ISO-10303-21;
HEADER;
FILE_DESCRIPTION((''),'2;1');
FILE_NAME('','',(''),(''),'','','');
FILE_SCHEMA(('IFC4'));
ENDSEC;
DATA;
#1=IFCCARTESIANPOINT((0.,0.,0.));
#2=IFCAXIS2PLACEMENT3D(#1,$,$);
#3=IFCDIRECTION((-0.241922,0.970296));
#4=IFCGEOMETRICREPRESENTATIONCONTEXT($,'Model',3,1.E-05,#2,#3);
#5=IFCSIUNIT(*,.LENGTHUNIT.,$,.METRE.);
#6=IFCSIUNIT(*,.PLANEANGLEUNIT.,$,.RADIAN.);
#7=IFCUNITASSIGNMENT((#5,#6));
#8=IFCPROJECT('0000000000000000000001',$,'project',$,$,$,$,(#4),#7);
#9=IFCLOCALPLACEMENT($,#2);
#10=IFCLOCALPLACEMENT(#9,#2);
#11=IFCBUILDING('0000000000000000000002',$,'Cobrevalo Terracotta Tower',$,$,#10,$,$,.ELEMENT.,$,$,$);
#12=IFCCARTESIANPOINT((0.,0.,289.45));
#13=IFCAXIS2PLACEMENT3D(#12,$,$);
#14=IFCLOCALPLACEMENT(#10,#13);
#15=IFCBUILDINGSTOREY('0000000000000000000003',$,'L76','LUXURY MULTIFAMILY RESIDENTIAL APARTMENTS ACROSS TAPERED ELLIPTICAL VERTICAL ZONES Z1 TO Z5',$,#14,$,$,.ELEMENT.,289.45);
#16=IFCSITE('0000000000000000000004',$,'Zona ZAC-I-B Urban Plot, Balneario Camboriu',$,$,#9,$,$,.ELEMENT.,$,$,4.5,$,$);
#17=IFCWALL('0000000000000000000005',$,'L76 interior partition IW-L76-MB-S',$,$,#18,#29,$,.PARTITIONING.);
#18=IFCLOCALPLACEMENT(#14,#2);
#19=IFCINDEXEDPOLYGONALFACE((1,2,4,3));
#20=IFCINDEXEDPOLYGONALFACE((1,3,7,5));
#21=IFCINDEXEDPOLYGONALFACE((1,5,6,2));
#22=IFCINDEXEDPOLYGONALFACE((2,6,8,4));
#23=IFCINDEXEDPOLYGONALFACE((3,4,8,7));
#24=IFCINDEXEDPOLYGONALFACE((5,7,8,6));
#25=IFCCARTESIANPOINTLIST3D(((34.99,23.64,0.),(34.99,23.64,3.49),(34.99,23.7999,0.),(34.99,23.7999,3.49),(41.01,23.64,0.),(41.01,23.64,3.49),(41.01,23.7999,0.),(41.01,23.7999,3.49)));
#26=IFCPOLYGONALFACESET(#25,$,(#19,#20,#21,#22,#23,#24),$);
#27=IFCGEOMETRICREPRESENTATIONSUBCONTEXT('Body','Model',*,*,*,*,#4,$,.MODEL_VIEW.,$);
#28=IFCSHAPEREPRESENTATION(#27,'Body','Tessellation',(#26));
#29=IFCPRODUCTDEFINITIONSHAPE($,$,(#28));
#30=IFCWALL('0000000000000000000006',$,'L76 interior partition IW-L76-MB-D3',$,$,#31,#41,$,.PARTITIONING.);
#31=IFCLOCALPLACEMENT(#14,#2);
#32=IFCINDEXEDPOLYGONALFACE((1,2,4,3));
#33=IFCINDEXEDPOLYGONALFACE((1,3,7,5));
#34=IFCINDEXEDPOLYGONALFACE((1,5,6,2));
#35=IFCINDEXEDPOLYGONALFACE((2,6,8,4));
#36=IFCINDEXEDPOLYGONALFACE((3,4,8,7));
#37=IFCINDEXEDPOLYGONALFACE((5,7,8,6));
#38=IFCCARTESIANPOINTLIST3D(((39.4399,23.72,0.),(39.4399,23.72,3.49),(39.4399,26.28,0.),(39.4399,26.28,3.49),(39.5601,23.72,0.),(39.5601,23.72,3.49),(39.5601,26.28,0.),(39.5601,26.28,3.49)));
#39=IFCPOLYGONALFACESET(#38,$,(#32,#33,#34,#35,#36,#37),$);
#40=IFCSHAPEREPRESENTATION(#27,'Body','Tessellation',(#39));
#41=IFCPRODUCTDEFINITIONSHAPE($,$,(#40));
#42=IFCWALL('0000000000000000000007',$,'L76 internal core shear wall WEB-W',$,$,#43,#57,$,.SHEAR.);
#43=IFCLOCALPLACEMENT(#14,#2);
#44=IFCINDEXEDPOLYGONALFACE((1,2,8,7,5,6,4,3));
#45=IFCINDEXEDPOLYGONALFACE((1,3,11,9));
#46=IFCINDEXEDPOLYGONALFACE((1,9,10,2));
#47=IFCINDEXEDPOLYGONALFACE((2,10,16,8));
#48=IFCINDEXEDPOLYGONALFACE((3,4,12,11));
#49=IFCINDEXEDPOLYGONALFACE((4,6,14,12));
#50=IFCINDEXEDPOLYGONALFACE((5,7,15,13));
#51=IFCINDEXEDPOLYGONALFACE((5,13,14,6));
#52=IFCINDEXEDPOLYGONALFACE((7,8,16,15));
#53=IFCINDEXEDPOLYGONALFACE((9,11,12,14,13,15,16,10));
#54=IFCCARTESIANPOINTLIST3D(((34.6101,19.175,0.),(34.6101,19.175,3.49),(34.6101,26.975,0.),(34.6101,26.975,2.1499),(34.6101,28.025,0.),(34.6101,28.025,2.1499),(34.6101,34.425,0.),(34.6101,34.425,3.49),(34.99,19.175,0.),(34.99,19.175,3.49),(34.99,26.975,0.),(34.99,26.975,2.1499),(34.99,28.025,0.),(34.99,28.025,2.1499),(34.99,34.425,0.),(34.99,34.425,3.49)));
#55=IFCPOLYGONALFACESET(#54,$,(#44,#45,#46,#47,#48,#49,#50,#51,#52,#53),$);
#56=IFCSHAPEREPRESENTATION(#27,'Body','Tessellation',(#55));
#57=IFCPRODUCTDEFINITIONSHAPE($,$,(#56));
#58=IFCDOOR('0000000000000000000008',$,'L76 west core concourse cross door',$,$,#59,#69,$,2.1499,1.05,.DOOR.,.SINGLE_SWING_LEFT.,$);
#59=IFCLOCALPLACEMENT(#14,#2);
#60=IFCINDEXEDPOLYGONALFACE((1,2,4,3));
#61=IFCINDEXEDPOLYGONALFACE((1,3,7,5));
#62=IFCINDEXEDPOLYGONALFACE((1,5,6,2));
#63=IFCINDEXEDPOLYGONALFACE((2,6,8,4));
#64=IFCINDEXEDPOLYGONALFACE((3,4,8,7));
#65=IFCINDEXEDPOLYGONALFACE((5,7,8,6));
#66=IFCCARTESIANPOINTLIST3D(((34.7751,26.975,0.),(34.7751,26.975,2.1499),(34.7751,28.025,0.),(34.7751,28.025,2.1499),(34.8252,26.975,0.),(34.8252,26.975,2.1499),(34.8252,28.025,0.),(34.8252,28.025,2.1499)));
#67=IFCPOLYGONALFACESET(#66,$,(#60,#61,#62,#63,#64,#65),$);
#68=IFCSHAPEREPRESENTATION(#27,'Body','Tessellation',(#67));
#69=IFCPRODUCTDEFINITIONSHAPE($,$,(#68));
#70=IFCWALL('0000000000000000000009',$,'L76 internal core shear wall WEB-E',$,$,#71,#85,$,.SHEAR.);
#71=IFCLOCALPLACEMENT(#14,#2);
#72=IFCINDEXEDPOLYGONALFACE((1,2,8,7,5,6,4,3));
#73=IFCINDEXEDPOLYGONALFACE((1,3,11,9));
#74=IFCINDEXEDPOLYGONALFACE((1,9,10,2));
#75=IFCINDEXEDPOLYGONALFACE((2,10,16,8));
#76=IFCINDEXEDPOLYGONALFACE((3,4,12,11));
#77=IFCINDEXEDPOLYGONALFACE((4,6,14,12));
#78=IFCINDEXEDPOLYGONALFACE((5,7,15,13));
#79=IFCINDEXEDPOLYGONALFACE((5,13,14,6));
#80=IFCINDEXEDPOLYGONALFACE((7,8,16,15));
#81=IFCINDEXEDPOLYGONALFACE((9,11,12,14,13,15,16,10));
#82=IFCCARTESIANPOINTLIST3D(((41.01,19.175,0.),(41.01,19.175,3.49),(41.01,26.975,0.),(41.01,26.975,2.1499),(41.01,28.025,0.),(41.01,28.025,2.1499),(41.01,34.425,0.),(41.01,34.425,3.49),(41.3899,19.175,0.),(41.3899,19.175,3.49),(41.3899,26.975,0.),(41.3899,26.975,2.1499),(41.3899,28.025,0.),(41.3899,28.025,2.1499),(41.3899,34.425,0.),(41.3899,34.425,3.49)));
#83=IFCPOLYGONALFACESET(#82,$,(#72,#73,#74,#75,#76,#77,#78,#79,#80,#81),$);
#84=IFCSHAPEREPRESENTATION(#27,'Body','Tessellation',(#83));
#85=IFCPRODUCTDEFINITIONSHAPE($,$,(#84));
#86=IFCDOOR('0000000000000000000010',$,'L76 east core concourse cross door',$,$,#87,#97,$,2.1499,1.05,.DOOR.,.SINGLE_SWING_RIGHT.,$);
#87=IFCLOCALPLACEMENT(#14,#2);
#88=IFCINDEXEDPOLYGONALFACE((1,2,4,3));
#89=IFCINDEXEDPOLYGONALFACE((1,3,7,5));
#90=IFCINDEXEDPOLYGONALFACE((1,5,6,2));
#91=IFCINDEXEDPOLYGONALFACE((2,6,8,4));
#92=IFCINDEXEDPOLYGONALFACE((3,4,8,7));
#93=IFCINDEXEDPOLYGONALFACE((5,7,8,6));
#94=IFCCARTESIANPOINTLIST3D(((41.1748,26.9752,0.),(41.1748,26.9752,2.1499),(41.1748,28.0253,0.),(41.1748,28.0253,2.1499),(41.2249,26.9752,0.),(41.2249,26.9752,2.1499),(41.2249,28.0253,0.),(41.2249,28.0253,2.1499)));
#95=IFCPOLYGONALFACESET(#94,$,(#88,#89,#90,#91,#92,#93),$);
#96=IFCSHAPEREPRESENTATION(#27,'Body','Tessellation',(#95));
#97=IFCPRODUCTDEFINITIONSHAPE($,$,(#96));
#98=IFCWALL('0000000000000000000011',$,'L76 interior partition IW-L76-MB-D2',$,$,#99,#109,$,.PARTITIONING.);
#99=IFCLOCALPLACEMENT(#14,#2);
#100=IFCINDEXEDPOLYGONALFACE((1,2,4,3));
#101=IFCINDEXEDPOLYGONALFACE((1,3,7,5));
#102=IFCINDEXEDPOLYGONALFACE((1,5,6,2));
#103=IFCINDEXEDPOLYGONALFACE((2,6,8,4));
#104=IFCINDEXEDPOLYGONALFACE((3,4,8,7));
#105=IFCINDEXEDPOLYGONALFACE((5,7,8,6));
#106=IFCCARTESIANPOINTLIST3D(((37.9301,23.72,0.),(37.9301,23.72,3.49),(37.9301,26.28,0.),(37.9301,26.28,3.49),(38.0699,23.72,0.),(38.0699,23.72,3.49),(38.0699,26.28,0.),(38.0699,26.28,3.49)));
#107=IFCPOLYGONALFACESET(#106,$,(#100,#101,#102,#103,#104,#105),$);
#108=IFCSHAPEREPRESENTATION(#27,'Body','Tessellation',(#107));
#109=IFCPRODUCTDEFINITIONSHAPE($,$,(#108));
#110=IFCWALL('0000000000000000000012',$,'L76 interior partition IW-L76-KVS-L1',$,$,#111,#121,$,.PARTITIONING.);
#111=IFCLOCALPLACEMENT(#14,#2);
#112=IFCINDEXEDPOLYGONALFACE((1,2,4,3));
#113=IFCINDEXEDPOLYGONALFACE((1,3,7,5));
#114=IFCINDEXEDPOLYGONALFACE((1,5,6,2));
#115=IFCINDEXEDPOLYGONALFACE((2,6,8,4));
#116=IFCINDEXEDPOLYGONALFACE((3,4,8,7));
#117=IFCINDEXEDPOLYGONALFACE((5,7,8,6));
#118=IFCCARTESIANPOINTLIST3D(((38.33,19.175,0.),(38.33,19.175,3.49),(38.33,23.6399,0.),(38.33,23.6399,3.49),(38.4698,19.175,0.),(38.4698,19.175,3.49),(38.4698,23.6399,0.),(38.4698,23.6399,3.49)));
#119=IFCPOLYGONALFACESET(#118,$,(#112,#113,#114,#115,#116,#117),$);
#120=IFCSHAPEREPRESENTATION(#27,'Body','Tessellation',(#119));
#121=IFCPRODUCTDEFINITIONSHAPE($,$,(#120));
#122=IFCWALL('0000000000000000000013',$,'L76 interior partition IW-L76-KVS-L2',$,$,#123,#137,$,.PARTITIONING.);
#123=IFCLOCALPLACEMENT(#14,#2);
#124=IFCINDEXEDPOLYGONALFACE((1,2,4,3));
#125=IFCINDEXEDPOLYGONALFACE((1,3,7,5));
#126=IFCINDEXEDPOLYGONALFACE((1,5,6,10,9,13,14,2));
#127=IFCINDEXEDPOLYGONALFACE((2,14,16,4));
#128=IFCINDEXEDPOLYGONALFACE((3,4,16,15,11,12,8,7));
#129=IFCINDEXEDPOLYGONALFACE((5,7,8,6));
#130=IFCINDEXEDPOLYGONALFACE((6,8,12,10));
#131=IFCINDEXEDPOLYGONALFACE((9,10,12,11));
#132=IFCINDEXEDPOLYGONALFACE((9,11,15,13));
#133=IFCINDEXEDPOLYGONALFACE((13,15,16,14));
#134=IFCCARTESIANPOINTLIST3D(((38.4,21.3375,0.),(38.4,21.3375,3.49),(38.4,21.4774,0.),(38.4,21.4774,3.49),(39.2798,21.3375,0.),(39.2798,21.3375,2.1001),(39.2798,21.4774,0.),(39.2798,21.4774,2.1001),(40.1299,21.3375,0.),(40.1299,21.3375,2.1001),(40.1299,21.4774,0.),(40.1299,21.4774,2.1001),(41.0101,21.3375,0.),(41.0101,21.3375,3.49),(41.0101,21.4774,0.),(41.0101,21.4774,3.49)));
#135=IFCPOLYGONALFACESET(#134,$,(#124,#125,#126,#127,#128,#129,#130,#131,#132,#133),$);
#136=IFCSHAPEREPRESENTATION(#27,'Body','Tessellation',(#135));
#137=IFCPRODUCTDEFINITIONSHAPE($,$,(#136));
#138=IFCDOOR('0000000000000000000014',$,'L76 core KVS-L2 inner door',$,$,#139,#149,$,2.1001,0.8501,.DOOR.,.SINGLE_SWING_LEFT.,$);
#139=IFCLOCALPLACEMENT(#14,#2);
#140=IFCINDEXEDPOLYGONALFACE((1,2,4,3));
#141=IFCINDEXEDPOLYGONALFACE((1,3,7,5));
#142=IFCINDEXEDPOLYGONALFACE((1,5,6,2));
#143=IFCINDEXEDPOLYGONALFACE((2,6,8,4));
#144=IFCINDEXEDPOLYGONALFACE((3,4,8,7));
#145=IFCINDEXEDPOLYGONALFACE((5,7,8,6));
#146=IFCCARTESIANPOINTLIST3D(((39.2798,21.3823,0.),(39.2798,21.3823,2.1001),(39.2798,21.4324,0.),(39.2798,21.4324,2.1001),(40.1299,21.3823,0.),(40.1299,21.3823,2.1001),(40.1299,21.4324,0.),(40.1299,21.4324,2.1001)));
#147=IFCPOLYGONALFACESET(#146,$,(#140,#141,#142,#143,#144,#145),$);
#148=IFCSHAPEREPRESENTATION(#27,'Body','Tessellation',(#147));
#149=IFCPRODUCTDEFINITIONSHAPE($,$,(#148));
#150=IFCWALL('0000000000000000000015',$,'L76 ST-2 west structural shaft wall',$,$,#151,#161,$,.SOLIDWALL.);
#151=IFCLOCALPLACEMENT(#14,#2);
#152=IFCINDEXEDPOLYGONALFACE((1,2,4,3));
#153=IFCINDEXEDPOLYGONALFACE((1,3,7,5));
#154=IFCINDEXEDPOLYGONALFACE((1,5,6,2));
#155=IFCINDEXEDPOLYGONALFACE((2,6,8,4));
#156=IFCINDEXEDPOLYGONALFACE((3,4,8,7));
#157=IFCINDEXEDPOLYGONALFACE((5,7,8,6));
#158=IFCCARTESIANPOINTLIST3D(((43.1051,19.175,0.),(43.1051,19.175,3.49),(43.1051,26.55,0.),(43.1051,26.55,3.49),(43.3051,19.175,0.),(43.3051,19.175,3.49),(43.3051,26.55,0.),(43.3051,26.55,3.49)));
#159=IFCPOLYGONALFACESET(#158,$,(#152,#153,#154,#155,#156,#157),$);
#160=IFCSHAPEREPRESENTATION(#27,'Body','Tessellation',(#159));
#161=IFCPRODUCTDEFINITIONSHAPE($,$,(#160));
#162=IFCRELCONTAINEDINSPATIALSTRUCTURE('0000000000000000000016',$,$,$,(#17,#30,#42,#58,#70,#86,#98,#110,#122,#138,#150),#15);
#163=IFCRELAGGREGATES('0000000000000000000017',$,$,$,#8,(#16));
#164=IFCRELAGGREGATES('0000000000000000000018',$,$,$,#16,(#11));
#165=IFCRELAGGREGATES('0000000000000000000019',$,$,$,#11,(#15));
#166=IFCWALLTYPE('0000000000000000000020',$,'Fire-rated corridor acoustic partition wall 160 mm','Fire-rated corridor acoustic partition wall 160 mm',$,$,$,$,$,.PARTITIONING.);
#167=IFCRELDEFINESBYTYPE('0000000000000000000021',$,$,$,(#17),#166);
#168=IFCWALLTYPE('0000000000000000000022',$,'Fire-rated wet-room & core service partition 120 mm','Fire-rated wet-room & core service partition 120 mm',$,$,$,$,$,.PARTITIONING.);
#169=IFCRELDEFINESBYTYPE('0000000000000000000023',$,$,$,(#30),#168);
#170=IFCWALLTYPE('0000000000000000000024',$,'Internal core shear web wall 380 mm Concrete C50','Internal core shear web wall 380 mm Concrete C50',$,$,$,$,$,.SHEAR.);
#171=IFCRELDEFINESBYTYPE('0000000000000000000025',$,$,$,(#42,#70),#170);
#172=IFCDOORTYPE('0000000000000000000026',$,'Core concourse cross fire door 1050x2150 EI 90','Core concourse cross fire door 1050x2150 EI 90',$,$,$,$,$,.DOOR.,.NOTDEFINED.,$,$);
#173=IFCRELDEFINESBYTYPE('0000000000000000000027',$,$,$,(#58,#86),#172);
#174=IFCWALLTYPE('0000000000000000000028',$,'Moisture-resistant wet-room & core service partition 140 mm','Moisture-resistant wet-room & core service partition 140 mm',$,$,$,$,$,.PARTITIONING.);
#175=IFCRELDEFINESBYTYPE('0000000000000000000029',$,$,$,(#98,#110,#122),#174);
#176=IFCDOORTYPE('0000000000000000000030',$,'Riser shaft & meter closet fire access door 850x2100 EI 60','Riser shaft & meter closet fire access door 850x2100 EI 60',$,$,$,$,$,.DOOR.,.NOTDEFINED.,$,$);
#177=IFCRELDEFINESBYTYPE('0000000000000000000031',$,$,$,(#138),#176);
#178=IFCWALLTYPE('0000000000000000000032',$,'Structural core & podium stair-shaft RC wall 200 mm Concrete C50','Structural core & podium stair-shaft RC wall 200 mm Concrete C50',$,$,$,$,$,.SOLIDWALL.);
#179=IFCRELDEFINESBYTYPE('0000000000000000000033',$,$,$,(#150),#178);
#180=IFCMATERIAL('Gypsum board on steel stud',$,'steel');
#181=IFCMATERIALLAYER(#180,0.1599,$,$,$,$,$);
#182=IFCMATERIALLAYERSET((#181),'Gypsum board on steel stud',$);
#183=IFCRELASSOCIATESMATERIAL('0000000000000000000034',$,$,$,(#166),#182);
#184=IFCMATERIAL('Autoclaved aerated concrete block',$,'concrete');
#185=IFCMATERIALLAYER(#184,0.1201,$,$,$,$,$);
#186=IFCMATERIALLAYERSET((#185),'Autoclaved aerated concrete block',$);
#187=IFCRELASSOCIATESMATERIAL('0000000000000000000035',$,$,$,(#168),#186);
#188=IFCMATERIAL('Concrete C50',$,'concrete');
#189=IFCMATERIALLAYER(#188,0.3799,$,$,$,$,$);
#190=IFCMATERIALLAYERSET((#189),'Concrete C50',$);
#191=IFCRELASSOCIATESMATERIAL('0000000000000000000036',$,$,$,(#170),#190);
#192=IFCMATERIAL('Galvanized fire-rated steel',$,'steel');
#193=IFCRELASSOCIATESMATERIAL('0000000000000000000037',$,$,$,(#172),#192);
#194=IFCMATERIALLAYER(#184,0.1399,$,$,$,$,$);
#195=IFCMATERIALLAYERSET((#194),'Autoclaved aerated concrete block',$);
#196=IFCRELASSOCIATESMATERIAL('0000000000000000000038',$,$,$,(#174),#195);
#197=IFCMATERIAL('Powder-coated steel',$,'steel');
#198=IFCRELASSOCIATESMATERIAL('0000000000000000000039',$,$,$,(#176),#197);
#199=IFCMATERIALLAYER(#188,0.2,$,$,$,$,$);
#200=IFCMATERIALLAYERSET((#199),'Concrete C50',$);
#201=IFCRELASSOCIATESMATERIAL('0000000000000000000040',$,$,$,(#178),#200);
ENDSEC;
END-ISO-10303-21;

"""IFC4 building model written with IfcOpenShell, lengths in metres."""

from ifc_helpers import new_model, si_unit, direction, frame, frame_2d, origin, place, context, subcontext, project, spatial, rectangle, extrude, source, transform, mapped, material, layer, layer_set, type_object, element, fill, save


model = new_model("IFC4")

# Units and contexts
model_context = context("Model", 3, precision=1e-05, world=origin(), true_north=direction((-0.241922, 0.970296)))
body_context = subcontext(model_context, "Body", "Model", "MODEL_VIEW")
ifc_project = project(units=[si_unit("LENGTHUNIT", "METRE"), si_unit("PLANEANGLEUNIT", "RADIAN")], contexts=[model_context])

# Site, building, storey
site_placement = place(None, origin())
site = spatial("IfcSite", under=ifc_project, at=site_placement, Name="Zona ZAC-I-B Urban Plot, Balneario Camboriu", CompositionType="ELEMENT", RefElevation=4.5)
building_placement = place(site_placement, origin())
building = spatial("IfcBuilding", under=site, at=building_placement, Name="Cobrevalo Terracotta Tower", CompositionType="ELEMENT")
storey_placement = place(building_placement, frame((0.0, 0.0, 289.45)))
storey = spatial("IfcBuildingStorey", under=building, at=storey_placement, Name="L76", Description="LUXURY MULTIFAMILY RESIDENTIAL APARTMENTS ACROSS TAPERED ELLIPTICAL VERTICAL ZONES Z1 TO Z5", CompositionType="ELEMENT", Elevation=289.45)

# Walls
ifc_material_1 = material(Name="Gypsum board on steel stud", Category="steel")
ifc_layer_1 = layer(ifc_material_1, 0.1599)
ifc_layer_set_1 = layer_set([ifc_layer_1], Name="Gypsum board on steel stud")
wall_type_1 = type_object("IfcWallType", Name="Fire-rated corridor acoustic partition wall 160 mm", Description="Fire-rated corridor acoustic partition wall 160 mm", PredefinedType="PARTITIONING", material=ifc_layer_set_1)
wall_1_placement = place(storey_placement, frame((34.99, 23.72, 0.0), z_axis=(0.0, 0.0, 1.0), x_axis=(1.0, 0.0, 0.0)))
element("IfcWall", 1, at=wall_1_placement, inside=storey, type_object=wall_type_1, Name="L76 interior partition IW-L76-MB-S", PredefinedType="PARTITIONING", context=body_context, shape_type="SweptSolid", body=[
    extrude(rectangle(XDim=6.02, YDim=0.1599, at=frame_2d((3.01, 0.0))), origin(), (0.0, 0.0, 1.0), 3.49),
])
ifc_material_2 = material(Name="Autoclaved aerated concrete block", Category="concrete")
ifc_layer_2 = layer(ifc_material_2, 0.1201)
ifc_layer_set_2 = layer_set([ifc_layer_2], Name="Autoclaved aerated concrete block")
wall_type_2 = type_object("IfcWallType", Name="Fire-rated wet-room & core service partition 120 mm", Description="Fire-rated wet-room & core service partition 120 mm", PredefinedType="PARTITIONING", material=ifc_layer_set_2)
wall_2_placement = place(storey_placement, frame((39.5, 23.72, 0.0), z_axis=(0.0, 0.0, 1.0), x_axis=(0.0, 1.0, 0.0)))
element("IfcWall", 2, at=wall_2_placement, inside=storey, type_object=wall_type_2, Name="L76 interior partition IW-L76-MB-D3", PredefinedType="PARTITIONING", context=body_context, shape_type="SweptSolid", body=[
    extrude(rectangle(XDim=2.5601, YDim=0.1201, at=frame_2d((1.28, 0.0))), origin(), (0.0, 0.0, 1.0), 3.49),
])

# Walls, openings, doors
ifc_material_3 = material(Name="Concrete C50", Category="concrete")
ifc_layer_3 = layer(ifc_material_3, 0.3799)
ifc_layer_set_3 = layer_set([ifc_layer_3], Name="Concrete C50")
wall_type_3 = type_object("IfcWallType", Name="Internal core shear web wall 380 mm Concrete C50", Description="Internal core shear web wall 380 mm Concrete C50", PredefinedType="SHEAR", material=ifc_layer_set_3)
wall_3_placement = place(storey_placement, frame((34.8, 19.175, 0.0), z_axis=(0.0, 0.0, 1.0), x_axis=(0.0, 1.0, 0.0)))
wall_3 = element("IfcWall", 3, at=wall_3_placement, inside=storey, type_object=wall_type_3, Name="L76 internal core shear wall WEB-W", PredefinedType="SHEAR", context=body_context, shape_type="SweptSolid", body=[
    extrude(rectangle(XDim=15.25, YDim=0.3799, at=frame_2d((7.625, 0.0))), origin(), (0.0, 0.0, 1.0), 3.49),
])
opening_1_placement = place(wall_3_placement, frame((7.8, 0.0, 0.0)))
opening_1 = element("IfcOpeningElement", 4, at=opening_1_placement, cuts=wall_3, PredefinedType="OPENING", context=body_context, shape_type="SweptSolid", body=[
    extrude(rectangle(XDim=1.05, YDim=2.1499, at=frame_2d((0.5249, 1.075))), frame((0.0, 0.2, 0.0), z_axis=(0.0, -1.0, 0.0), x_axis=(1.0, 0.0, 0.0)), (0.0, 0.0, 1.0), 0.3999),
])
ifc_material_4 = material(Name="Galvanized fire-rated steel", Category="steel")
door_type_1 = type_object("IfcDoorType", Name="Core concourse cross fire door 1050x2150 EI 90", Description="Core concourse cross fire door 1050x2150 EI 90", OperationType="NOTDEFINED", PredefinedType="DOOR", material=ifc_material_4)
shared_shape_1 = source(origin(), body_context, "Body", "SweptSolid", [
    extrude(rectangle(XDim=1.05, YDim=2.1499, at=frame_2d((0.5249, 1.075))), frame((0.0, 0.0249, 0.0), z_axis=(0.0, -1.0, 0.0), x_axis=(1.0, 0.0, 0.0)), (0.0, 0.0, 1.0), 0.05),
])
door_1_placement = place(opening_1_placement, origin())
door_1 = element("IfcDoor", 5, at=door_1_placement, inside=storey, type_object=door_type_1, Name="L76 west core concourse cross door", OperationType="SINGLE_SWING_LEFT", OverallHeight=2.1499, OverallWidth=1.05, PredefinedType="DOOR", context=body_context, shape_type="MappedRepresentation", body=[
    mapped(shared_shape_1, transform((0.0, 0.0, 0.0), scale=1.0)),
])
fill(opening_1, door_1)
wall_4_placement = place(storey_placement, frame((41.2, 19.175, 0.0), z_axis=(0.0, 0.0, 1.0), x_axis=(0.0, 1.0, 0.0)))
wall_4 = element("IfcWall", 6, at=wall_4_placement, inside=storey, type_object=wall_type_3, Name="L76 internal core shear wall WEB-E", PredefinedType="SHEAR", context=body_context, shape_type="SweptSolid", body=[
    extrude(rectangle(XDim=15.25, YDim=0.3799, at=frame_2d((7.625, 0.0))), origin(), (0.0, 0.0, 1.0), 3.49),
])
opening_2_placement = place(wall_4_placement, frame((7.8, 0.0, 0.0)))
opening_2 = element("IfcOpeningElement", 7, at=opening_2_placement, cuts=wall_4, PredefinedType="OPENING", context=body_context, shape_type="SweptSolid", body=[
    extrude(rectangle(XDim=1.05, YDim=2.1499, at=frame_2d((0.5249, 1.075))), frame((0.0, 0.2, 0.0), z_axis=(0.0, -1.0, 0.0), x_axis=(1.0, 0.0, 0.0)), (0.0, 0.0, 1.0), 0.3999),
])
door_2_placement = place(opening_2_placement, frame((1.05, 0.0, 0.0), z_axis=(0.0, 0.0, 1.0), x_axis=(-1.0, 0.0, 0.0)))
door_2 = element("IfcDoor", 8, at=door_2_placement, inside=storey, type_object=door_type_1, Name="L76 east core concourse cross door", OperationType="SINGLE_SWING_RIGHT", OverallHeight=2.1499, OverallWidth=1.05, PredefinedType="DOOR", context=body_context, shape_type="MappedRepresentation", body=[
    mapped(shared_shape_1, transform((0.0, 0.0, 0.0), scale=1.0)),
])
fill(opening_2, door_2)

# Walls
ifc_layer_4 = layer(ifc_material_2, 0.1399)
ifc_layer_set_4 = layer_set([ifc_layer_4], Name="Autoclaved aerated concrete block")
wall_type_4 = type_object("IfcWallType", Name="Moisture-resistant wet-room & core service partition 140 mm", Description="Moisture-resistant wet-room & core service partition 140 mm", PredefinedType="PARTITIONING", material=ifc_layer_set_4)
wall_5_placement = place(storey_placement, frame((38.0, 23.72, 0.0), z_axis=(0.0, 0.0, 1.0), x_axis=(0.0, 1.0, 0.0)))
element("IfcWall", 9, at=wall_5_placement, inside=storey, type_object=wall_type_4, Name="L76 interior partition IW-L76-MB-D2", PredefinedType="PARTITIONING", context=body_context, shape_type="SweptSolid", body=[
    extrude(rectangle(XDim=2.5601, YDim=0.1399, at=frame_2d((1.28, 0.0))), origin(), (0.0, 0.0, 1.0), 3.49),
])
wall_6_placement = place(storey_placement, frame((38.3999, 19.175, 0.0), z_axis=(0.0, 0.0, 1.0), x_axis=(0.0, 1.0, 0.0)))
element("IfcWall", 10, at=wall_6_placement, inside=storey, type_object=wall_type_4, Name="L76 interior partition IW-L76-KVS-L1", PredefinedType="PARTITIONING", context=body_context, shape_type="SweptSolid", body=[
    extrude(rectangle(XDim=4.4648, YDim=0.1399, at=frame_2d((2.2324, 0.0))), origin(), (0.0, 0.0, 1.0), 3.49),
])

# Wall, opening, door
wall_7_placement = place(storey_placement, frame((38.3999, 21.4075, 0.0), z_axis=(0.0, 0.0, 1.0), x_axis=(1.0, 0.0, 0.0)))
wall_7 = element("IfcWall", 11, at=wall_7_placement, inside=storey, type_object=wall_type_4, Name="L76 interior partition IW-L76-KVS-L2", PredefinedType="PARTITIONING", context=body_context, shape_type="SweptSolid", body=[
    extrude(rectangle(XDim=2.6101, YDim=0.1399, at=frame_2d((1.3052, 0.0))), origin(), (0.0, 0.0, 1.0), 3.49),
])
opening_3_placement = place(wall_7_placement, frame((0.8799, 0.0, 0.0)))
opening_3 = element("IfcOpeningElement", 12, at=opening_3_placement, cuts=wall_7, PredefinedType="OPENING", context=body_context, shape_type="SweptSolid", body=[
    extrude(rectangle(XDim=0.8501, YDim=2.1001, at=frame_2d((0.425, 1.05))), frame((0.0, 0.0801, 0.0), z_axis=(0.0, -1.0, 0.0), x_axis=(1.0, 0.0, 0.0)), (0.0, 0.0, 1.0), 0.1599),
])
ifc_material_5 = material(Name="Powder-coated steel", Category="steel")
door_type_2 = type_object("IfcDoorType", Name="Riser shaft & meter closet fire access door 850x2100 EI 60", Description="Riser shaft & meter closet fire access door 850x2100 EI 60", OperationType="NOTDEFINED", PredefinedType="DOOR", material=ifc_material_5)
shared_shape_2 = source(origin(), body_context, "Body", "SweptSolid", [
    extrude(rectangle(XDim=0.8501, YDim=2.1001, at=frame_2d((0.425, 1.05))), frame((0.0, 0.0249, 0.0), z_axis=(0.0, -1.0, 0.0), x_axis=(1.0, 0.0, 0.0)), (0.0, 0.0, 1.0), 0.05),
])
door_3_placement = place(opening_3_placement, origin())
door_3 = element("IfcDoor", 13, at=door_3_placement, inside=storey, type_object=door_type_2, Name="L76 core KVS-L2 inner door", OperationType="SINGLE_SWING_LEFT", OverallHeight=2.1001, OverallWidth=0.8501, PredefinedType="DOOR", context=body_context, shape_type="MappedRepresentation", body=[
    mapped(shared_shape_2, transform((0.0, 0.0, 0.0), scale=1.0)),
])
fill(opening_3, door_3)

# Wall
ifc_layer_5 = layer(ifc_material_3, 0.2)
ifc_layer_set_5 = layer_set([ifc_layer_5], Name="Concrete C50")
wall_type_5 = type_object("IfcWallType", Name="Structural core & podium stair-shaft RC wall 200 mm Concrete C50", Description="Structural core & podium stair-shaft RC wall 200 mm Concrete C50", PredefinedType="SOLIDWALL", material=ifc_layer_set_5)
wall_8_placement = place(storey_placement, frame((43.2051, 19.175, 0.0), z_axis=(0.0, 0.0, 1.0), x_axis=(0.0, 1.0, 0.0)))
element("IfcWall", 14, at=wall_8_placement, inside=storey, type_object=wall_type_5, Name="L76 ST-2 west structural shaft wall", PredefinedType="SOLIDWALL", context=body_context, shape_type="SweptSolid", body=[
    extrude(rectangle(XDim=7.375, YDim=0.2, at=frame_2d((3.6875, 0.0))), origin(), (0.0, 0.0, 1.0), 3.49),
])

save(model, "model.ifc")
